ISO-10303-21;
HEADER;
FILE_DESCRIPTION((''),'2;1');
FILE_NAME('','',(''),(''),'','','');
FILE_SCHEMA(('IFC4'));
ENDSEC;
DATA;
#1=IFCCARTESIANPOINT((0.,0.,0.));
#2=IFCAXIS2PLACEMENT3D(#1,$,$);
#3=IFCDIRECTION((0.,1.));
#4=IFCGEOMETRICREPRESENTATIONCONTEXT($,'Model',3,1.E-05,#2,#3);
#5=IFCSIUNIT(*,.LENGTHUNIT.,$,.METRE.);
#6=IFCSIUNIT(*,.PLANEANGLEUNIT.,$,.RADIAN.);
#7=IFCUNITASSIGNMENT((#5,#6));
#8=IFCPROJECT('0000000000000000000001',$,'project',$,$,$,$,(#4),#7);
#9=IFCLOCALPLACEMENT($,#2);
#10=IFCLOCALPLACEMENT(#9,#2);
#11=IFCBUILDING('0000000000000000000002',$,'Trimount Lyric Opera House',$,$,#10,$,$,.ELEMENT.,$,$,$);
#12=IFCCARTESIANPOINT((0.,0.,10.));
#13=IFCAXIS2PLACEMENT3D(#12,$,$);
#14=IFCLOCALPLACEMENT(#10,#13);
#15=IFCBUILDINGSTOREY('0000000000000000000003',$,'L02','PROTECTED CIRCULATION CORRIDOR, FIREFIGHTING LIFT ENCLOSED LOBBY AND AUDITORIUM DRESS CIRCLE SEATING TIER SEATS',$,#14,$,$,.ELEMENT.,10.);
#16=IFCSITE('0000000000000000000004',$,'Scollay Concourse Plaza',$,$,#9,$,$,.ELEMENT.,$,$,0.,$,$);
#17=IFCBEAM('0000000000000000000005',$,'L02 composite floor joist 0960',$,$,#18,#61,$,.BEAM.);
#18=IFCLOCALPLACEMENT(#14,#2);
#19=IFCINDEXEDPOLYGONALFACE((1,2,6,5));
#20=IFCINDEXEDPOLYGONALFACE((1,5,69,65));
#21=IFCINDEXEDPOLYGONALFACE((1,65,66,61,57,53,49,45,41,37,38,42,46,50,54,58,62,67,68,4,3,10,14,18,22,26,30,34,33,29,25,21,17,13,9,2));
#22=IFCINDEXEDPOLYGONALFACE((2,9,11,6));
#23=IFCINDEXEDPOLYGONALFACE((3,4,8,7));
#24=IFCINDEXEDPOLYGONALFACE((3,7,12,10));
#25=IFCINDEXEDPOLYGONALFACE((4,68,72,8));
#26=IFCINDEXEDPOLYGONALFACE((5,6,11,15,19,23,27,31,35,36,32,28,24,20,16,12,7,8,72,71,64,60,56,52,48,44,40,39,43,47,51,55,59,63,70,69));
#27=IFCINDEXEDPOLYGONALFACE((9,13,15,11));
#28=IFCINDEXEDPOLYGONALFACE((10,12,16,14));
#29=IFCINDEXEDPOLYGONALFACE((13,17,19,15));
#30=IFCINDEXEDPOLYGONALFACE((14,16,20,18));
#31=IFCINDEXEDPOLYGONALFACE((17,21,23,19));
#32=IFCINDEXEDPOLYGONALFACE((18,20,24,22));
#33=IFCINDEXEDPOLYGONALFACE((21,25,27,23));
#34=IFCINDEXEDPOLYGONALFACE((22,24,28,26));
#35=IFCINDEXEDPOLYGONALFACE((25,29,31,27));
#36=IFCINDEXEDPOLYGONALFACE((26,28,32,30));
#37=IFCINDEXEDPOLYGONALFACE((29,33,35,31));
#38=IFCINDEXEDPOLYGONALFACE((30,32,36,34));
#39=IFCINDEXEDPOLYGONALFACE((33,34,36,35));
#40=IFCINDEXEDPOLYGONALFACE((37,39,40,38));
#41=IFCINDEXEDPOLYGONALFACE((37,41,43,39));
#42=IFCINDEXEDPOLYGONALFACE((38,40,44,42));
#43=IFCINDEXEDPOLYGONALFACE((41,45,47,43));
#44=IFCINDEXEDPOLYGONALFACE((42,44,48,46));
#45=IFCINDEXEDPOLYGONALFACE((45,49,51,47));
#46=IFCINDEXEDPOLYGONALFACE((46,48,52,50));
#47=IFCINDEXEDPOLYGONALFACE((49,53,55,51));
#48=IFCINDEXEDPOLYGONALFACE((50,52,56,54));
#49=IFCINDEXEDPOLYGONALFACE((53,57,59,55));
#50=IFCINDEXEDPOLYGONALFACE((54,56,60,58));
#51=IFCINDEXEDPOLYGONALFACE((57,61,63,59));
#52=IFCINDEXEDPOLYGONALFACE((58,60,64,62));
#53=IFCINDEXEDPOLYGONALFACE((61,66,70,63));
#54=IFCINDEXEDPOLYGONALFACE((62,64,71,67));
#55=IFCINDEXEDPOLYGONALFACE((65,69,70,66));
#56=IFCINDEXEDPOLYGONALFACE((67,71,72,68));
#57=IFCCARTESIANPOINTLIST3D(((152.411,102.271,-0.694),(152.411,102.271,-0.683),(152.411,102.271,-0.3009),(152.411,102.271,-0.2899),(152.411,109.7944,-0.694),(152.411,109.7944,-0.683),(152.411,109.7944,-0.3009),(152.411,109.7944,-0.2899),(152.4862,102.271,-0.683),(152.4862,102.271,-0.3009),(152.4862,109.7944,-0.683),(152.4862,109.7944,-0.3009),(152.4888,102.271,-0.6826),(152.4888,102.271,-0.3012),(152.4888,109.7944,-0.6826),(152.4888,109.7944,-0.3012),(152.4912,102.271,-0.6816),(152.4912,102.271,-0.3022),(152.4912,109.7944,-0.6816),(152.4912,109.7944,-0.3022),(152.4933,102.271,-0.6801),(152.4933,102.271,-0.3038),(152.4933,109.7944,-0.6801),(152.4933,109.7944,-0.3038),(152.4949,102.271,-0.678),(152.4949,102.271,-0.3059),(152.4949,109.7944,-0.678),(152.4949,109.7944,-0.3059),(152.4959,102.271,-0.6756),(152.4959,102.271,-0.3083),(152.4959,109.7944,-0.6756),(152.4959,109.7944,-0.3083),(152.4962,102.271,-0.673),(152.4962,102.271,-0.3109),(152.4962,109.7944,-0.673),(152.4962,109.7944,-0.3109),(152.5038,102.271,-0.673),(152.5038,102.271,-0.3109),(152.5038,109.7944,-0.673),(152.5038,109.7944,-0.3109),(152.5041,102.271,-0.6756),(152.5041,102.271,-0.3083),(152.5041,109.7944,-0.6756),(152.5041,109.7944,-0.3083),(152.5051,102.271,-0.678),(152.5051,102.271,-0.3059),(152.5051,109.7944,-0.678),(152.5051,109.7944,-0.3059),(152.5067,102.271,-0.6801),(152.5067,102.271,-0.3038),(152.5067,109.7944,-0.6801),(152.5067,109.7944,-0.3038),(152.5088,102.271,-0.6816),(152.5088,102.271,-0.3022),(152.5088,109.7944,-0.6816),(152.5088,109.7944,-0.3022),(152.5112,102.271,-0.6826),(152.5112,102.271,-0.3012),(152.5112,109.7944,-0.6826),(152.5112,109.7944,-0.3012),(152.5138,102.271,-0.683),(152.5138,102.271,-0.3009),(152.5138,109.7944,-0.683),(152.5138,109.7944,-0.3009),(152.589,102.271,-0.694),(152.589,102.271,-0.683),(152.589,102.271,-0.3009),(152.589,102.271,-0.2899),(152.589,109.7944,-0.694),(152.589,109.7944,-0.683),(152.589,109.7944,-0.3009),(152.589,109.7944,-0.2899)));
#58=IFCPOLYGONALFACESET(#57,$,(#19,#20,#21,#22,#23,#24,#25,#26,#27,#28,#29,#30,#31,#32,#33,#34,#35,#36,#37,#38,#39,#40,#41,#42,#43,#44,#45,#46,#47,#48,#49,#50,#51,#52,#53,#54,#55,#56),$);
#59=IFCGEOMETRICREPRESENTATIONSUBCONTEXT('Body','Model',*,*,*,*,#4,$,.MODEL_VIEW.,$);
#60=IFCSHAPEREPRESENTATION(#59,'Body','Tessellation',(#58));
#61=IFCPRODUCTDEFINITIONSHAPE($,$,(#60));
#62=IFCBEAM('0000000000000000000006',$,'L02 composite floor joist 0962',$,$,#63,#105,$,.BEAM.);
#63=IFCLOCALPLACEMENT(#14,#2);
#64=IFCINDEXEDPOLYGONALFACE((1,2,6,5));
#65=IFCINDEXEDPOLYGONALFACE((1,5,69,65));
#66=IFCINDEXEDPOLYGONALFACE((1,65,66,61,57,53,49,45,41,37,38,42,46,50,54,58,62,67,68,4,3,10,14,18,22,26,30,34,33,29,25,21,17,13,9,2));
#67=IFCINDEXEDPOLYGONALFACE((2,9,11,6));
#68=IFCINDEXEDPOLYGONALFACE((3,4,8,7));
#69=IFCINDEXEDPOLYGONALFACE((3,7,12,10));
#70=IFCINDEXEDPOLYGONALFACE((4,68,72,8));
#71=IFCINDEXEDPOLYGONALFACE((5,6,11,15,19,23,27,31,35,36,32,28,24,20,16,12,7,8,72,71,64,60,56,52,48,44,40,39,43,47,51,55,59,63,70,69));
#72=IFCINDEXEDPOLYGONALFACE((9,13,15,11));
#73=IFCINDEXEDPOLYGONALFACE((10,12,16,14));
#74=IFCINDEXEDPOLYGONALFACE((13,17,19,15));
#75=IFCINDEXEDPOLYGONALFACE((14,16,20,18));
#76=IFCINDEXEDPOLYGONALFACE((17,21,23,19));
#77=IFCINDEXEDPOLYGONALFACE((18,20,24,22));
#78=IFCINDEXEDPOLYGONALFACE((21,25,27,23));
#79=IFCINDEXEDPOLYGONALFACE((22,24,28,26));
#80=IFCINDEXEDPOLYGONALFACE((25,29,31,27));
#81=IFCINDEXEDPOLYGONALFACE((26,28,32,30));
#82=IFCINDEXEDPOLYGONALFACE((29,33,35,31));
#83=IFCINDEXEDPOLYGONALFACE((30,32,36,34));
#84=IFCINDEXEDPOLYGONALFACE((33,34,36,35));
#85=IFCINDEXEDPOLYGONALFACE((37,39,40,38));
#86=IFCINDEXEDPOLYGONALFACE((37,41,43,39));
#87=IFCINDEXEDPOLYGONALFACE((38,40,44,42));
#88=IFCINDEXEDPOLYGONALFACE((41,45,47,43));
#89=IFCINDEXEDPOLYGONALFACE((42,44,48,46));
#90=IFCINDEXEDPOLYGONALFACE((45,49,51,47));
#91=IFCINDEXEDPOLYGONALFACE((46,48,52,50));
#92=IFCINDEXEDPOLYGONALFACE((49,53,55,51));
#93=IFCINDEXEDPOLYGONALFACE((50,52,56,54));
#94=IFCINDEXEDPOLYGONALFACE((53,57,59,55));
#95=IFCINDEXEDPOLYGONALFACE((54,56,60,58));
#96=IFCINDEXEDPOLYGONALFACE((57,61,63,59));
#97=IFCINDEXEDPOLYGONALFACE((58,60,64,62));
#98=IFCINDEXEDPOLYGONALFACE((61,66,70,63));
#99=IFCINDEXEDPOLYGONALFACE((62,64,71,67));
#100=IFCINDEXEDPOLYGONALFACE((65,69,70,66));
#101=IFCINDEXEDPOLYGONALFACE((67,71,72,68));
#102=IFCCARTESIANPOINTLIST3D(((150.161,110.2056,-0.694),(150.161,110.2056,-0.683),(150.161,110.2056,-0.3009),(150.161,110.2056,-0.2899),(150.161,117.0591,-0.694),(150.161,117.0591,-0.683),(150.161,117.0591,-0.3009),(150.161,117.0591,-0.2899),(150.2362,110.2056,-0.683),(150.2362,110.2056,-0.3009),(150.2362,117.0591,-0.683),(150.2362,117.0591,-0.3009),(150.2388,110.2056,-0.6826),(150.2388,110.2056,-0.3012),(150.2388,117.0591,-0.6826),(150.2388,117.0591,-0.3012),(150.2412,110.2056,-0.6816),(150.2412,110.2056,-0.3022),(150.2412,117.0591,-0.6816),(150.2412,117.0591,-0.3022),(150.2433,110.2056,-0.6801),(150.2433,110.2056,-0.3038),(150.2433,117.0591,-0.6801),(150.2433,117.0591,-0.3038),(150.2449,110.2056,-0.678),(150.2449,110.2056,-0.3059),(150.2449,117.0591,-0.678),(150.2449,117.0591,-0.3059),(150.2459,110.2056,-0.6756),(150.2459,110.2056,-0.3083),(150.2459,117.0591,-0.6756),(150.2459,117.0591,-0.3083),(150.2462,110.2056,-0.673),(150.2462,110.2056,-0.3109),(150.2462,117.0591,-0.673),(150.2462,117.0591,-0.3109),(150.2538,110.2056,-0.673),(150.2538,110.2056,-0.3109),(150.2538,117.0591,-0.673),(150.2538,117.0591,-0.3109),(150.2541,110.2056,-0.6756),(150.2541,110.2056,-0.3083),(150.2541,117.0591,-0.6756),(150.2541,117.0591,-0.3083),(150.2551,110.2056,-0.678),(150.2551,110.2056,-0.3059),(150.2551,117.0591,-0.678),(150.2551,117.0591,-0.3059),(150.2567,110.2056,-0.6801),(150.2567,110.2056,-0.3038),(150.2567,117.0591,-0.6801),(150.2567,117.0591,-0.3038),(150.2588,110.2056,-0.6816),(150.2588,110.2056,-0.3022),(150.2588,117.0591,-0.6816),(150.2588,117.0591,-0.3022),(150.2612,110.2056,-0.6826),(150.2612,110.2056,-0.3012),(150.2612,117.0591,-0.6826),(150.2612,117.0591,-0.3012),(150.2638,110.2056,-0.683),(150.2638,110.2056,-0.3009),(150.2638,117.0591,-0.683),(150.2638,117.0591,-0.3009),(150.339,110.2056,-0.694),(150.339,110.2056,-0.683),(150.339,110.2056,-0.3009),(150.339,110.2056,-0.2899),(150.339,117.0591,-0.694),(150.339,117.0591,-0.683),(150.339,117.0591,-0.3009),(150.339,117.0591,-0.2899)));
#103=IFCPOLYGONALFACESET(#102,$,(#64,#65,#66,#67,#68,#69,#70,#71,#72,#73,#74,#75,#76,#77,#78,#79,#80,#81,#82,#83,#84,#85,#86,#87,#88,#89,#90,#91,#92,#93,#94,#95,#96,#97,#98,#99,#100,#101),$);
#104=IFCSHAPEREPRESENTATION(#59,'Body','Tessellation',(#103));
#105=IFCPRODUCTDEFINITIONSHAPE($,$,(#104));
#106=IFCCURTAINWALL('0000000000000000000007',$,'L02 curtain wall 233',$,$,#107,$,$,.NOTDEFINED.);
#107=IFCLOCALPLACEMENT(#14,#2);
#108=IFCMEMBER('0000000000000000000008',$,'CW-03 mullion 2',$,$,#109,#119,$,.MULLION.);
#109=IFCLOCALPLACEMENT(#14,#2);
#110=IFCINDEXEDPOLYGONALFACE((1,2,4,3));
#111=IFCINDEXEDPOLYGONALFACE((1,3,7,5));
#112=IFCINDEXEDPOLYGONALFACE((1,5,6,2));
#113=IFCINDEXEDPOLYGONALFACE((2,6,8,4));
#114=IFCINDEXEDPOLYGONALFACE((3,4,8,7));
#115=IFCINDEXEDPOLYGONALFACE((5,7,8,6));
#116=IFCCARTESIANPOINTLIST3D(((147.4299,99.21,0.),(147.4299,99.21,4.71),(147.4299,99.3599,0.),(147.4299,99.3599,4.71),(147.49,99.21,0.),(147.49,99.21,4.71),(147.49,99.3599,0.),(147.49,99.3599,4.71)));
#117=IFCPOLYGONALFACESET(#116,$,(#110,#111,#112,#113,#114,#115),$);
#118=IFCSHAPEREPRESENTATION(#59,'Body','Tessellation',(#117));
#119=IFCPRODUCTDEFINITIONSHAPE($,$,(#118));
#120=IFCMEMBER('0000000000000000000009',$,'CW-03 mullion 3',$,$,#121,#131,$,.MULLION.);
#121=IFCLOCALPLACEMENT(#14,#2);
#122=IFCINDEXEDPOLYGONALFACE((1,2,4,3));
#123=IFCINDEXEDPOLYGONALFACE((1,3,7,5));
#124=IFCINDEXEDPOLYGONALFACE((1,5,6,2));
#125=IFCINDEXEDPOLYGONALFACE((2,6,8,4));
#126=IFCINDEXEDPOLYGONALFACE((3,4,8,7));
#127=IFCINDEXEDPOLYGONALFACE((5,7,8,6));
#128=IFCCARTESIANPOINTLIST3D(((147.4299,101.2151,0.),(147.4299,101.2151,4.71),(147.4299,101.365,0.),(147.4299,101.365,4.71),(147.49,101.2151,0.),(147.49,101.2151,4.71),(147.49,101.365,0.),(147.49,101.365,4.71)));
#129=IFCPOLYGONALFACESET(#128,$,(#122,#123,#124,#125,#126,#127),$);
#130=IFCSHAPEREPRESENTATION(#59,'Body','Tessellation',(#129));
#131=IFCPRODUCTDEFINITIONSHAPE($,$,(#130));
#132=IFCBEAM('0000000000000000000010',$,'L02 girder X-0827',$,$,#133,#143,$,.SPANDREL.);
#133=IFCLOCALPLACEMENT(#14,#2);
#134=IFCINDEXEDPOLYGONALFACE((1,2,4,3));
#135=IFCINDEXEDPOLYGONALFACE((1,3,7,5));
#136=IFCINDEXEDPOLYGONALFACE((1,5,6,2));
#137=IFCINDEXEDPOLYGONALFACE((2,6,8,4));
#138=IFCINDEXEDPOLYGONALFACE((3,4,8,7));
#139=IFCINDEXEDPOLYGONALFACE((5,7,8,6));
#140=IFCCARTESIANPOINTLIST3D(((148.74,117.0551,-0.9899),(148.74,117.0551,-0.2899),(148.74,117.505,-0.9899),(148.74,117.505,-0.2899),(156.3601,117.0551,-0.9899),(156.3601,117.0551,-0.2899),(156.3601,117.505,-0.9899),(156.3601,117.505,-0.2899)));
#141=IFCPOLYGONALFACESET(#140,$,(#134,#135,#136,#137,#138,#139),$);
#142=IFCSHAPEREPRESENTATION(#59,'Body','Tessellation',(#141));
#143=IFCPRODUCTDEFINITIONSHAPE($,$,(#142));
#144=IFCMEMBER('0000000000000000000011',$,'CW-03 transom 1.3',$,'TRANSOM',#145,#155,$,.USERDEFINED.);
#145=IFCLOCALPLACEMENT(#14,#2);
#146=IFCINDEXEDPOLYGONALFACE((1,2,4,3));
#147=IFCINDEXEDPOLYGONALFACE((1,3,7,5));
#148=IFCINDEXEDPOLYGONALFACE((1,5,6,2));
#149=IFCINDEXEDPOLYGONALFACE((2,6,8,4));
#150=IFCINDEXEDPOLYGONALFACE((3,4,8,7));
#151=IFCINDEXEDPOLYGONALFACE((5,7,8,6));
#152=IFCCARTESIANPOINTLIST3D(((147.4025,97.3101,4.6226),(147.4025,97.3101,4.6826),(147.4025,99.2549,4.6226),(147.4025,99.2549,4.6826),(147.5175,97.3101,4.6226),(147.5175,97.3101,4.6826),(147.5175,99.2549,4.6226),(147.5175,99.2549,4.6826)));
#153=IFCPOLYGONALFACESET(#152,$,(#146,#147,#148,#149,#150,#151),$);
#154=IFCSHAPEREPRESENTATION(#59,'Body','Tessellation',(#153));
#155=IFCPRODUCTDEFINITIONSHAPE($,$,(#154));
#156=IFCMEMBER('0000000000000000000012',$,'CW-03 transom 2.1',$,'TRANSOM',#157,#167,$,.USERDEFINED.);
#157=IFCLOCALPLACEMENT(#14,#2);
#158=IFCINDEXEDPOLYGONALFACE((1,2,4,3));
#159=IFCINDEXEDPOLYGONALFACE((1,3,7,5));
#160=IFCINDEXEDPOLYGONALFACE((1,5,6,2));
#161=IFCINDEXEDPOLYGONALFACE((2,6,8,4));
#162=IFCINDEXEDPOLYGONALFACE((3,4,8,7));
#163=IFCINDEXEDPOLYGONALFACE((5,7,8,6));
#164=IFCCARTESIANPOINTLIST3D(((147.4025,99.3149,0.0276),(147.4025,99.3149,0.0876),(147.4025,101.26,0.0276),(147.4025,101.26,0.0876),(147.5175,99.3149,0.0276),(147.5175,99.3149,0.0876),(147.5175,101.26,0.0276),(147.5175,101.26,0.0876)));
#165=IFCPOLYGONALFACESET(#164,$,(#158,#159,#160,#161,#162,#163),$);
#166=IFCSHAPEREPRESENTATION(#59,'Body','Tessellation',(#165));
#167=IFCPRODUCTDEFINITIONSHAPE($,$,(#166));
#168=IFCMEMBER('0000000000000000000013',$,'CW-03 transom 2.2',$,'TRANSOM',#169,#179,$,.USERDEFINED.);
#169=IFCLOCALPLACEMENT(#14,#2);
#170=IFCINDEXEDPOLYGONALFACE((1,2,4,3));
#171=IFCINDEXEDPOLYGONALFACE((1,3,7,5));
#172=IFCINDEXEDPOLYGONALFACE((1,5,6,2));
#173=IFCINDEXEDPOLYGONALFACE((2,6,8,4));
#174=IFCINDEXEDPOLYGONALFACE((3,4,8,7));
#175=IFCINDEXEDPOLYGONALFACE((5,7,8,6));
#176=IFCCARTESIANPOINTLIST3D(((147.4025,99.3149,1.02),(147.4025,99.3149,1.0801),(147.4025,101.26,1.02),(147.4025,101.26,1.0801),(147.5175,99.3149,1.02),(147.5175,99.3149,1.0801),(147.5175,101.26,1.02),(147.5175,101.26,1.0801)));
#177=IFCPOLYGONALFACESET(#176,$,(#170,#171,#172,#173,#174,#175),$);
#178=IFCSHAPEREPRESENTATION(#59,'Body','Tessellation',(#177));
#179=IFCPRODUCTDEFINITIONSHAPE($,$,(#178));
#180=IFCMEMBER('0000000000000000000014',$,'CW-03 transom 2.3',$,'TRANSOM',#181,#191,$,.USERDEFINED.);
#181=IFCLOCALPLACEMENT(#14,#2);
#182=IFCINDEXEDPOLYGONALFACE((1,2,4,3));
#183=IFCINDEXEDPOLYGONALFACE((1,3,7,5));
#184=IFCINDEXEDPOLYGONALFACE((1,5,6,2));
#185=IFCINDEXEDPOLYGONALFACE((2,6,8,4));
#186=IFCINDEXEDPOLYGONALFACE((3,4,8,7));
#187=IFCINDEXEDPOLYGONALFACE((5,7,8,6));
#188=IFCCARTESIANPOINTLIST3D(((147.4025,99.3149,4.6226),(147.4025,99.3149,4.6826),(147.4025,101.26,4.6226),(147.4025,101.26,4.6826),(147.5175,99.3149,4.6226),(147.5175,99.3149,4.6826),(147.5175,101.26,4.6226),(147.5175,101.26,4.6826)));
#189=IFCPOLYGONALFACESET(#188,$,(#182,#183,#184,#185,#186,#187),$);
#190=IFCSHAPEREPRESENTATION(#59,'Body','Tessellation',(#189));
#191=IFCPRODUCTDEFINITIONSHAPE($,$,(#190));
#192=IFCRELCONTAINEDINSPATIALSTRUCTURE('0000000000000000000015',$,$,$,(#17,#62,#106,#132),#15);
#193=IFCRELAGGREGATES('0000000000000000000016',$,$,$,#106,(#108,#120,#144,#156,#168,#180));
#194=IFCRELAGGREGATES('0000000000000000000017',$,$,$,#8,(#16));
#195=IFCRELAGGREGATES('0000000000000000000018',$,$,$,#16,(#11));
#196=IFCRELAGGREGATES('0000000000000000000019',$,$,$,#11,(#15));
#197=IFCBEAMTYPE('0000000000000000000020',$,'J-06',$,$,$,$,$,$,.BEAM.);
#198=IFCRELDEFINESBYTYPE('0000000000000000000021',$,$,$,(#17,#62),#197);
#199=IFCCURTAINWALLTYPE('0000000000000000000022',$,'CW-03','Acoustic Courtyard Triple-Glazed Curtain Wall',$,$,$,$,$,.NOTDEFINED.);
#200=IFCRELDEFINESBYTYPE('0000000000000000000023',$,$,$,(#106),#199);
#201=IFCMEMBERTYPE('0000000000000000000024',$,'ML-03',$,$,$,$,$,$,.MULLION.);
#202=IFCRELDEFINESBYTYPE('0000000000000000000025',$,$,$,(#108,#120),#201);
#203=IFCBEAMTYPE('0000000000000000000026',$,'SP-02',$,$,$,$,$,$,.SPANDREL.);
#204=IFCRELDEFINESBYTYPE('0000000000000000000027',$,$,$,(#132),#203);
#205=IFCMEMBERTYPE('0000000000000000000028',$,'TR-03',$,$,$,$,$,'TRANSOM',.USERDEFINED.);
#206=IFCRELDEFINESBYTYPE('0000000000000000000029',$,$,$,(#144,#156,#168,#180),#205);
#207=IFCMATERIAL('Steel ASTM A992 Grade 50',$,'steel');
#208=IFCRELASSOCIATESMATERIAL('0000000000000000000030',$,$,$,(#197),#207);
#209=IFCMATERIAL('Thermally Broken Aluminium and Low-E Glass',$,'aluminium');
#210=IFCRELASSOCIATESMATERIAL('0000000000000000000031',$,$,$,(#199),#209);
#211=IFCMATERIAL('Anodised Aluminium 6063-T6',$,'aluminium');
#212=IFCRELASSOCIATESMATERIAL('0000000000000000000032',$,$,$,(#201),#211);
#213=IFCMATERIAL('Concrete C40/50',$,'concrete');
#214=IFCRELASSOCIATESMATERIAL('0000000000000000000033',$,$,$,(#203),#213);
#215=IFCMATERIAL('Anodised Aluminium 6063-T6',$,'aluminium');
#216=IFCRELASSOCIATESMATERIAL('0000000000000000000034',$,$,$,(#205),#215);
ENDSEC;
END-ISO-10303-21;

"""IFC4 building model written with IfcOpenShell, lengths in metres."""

from ifc_helpers import new_model, si_unit, direction, frame, origin, origin_2d, place, context, subcontext, project, spatial, rectangle, i_section, extrude, material, material_profile, profile_set, type_object, element, aggregate, save


model = new_model("IFC4")

# Units and contexts
model_context = context("Model", 3, precision=1e-05, world=origin(), true_north=direction((0.0, 1.0)))
body_context = subcontext(model_context, "Body", "Model", "MODEL_VIEW")
ifc_project = project(units=[si_unit("LENGTHUNIT", "METRE"), si_unit("PLANEANGLEUNIT", "RADIAN")], contexts=[model_context])

# Site, building, storey
site_placement = place(None, origin())
site = spatial("IfcSite", under=ifc_project, at=site_placement, Name="Scollay Concourse Plaza", CompositionType="ELEMENT", RefElevation=0.0)
building_placement = place(site_placement, origin())
building = spatial("IfcBuilding", under=site, at=building_placement, Name="Trimount Lyric Opera House", CompositionType="ELEMENT")
storey_placement = place(building_placement, frame((0.0, 0.0, 10.0)))
storey = spatial("IfcBuildingStorey", under=building, at=storey_placement, Name="L02", Description="PROTECTED CIRCULATION CORRIDOR, FIREFIGHTING LIFT ENCLOSED LOBBY AND AUDITORIUM DRESS CIRCLE SEATING TIER SEATS", CompositionType="ELEMENT", Elevation=10.0)

# Beams
ifc_material_1 = material(Name="Steel ASTM A992 Grade 50", Category="steel")
ifc_material_profile_1 = material_profile(ifc_material_1, i_section(OverallWidth=0.178, OverallDepth=0.4041, WebThickness=0.0076, FlangeThickness=0.011, FilletRadius=0.01, at=origin_2d()), Name="W16X36")
ifc_profile_set_1 = profile_set([ifc_material_profile_1], Name="Steel ASTM A992 Grade 50")
beam_type_1 = type_object("IfcBeamType", Name="J-06", PredefinedType="BEAM", material=ifc_profile_set_1)
beam_1_placement = place(storey_placement, frame((152.5, 102.271, -0.4919), z_axis=(0.0, 1.0, 0.0), x_axis=(-1.0, 0.0, 0.0)))
element("IfcBeam", 1, at=beam_1_placement, inside=storey, type_object=beam_type_1, Name="L02 composite floor joist 0960", PredefinedType="BEAM", context=body_context, shape_type="SweptSolid", body=[
    extrude(i_section(OverallWidth=0.178, OverallDepth=0.4041, WebThickness=0.0076, FlangeThickness=0.011, FilletRadius=0.01, at=origin_2d()), origin(), (0.0, 0.0, 1.0), 7.5234),
])
beam_2_placement = place(storey_placement, frame((150.25, 110.2056, -0.4919), z_axis=(0.0, 1.0, 0.0), x_axis=(-1.0, 0.0, 0.0)))
element("IfcBeam", 2, at=beam_2_placement, inside=storey, type_object=beam_type_1, Name="L02 composite floor joist 0962", PredefinedType="BEAM", context=body_context, shape_type="SweptSolid", body=[
    extrude(i_section(OverallWidth=0.178, OverallDepth=0.4041, WebThickness=0.0076, FlangeThickness=0.011, FilletRadius=0.01, at=origin_2d()), origin(), (0.0, 0.0, 1.0), 6.8535),
])

# Curtain wall, members
ifc_material_2 = material(Name="Thermally Broken Aluminium and Low-E Glass", Category="aluminium")
curtain_wall_type = type_object("IfcCurtainWallType", Name="CW-03", Description="Acoustic Courtyard Triple-Glazed Curtain Wall", PredefinedType="NOTDEFINED", material=ifc_material_2)
curtain_wall_placement = place(storey_placement, origin())
curtain_wall = element("IfcCurtainWall", 3, at=curtain_wall_placement, inside=storey, type_object=curtain_wall_type, Name="L02 curtain wall 233", PredefinedType="NOTDEFINED")
ifc_material_3 = material(Name="Anodised Aluminium 6063-T6", Category="aluminium")
ifc_material_profile_2 = material_profile(ifc_material_3, rectangle(XDim=0.0601, YDim=0.1499, at=origin_2d()), Name="ALU-MULL-60X150")
ifc_profile_set_2 = profile_set([ifc_material_profile_2], Name="Anodised Aluminium 6063-T6")
member_type_1 = type_object("IfcMemberType", Name="ML-03", PredefinedType="MULLION", material=ifc_profile_set_2)
member_1_placement = place(storey_placement, frame((147.46, 99.2849, 0.0), z_axis=(0.0, 0.0, 1.0), x_axis=(-1.0, 0.0, 0.0)))
member_1 = element("IfcMember", 4, at=member_1_placement, type_object=member_type_1, Name="CW-03 mullion 2", PredefinedType="MULLION", context=body_context, shape_type="SweptSolid", body=[
    extrude(rectangle(XDim=0.0601, YDim=0.1499, at=origin_2d()), origin(), (0.0, 0.0, 1.0), 4.71),
])
member_2_placement = place(storey_placement, frame((147.46, 101.29, 0.0), z_axis=(0.0, 0.0, 1.0), x_axis=(-1.0, 0.0, 0.0)))
member_2 = element("IfcMember", 5, at=member_2_placement, type_object=member_type_1, Name="CW-03 mullion 3", PredefinedType="MULLION", context=body_context, shape_type="SweptSolid", body=[
    extrude(rectangle(XDim=0.0601, YDim=0.1499, at=origin_2d()), origin(), (0.0, 0.0, 1.0), 4.71),
])

# Beam
ifc_material_4 = material(Name="Concrete C40/50", Category="concrete")
ifc_material_profile_3 = material_profile(ifc_material_4, rectangle(XDim=0.45, YDim=0.7, at=origin_2d()), Name="RC450X700")
ifc_profile_set_3 = profile_set([ifc_material_profile_3], Name="Concrete C40/50")
beam_type_2 = type_object("IfcBeamType", Name="SP-02", PredefinedType="SPANDREL", material=ifc_profile_set_3)
beam_3_placement = place(storey_placement, frame((148.74, 117.28, -0.6399), z_axis=(1.0, 0.0, 0.0), x_axis=(0.0, 1.0, 0.0)))
element("IfcBeam", 6, at=beam_3_placement, inside=storey, type_object=beam_type_2, Name="L02 girder X-0827", PredefinedType="SPANDREL", context=body_context, shape_type="SweptSolid", body=[
    extrude(rectangle(XDim=0.45, YDim=0.7, at=origin_2d()), origin(), (0.0, 0.0, 1.0), 7.6201),
])

# Members
ifc_material_5 = material(Name="Anodised Aluminium 6063-T6", Category="aluminium")
ifc_material_profile_4 = material_profile(ifc_material_5, rectangle(XDim=0.115, YDim=0.0601, at=origin_2d()), Name="ALU-TRAN-60X115")
ifc_profile_set_4 = profile_set([ifc_material_profile_4], Name="Anodised Aluminium 6063-T6")
member_type_2 = type_object("IfcMemberType", Name="TR-03", ElementType="TRANSOM", PredefinedType="USERDEFINED", material=ifc_profile_set_4)
member_3_placement = place(storey_placement, frame((147.46, 97.3101, 4.6526), z_axis=(0.0, 1.0, 0.0), x_axis=(-1.0, 0.0, 0.0)))
member_3 = element("IfcMember", 7, at=member_3_placement, type_object=member_type_2, Name="CW-03 transom 1.3", ObjectType="TRANSOM", PredefinedType="USERDEFINED", context=body_context, shape_type="SweptSolid", body=[
    extrude(rectangle(XDim=0.115, YDim=0.0601, at=origin_2d()), origin(), (0.0, 0.0, 1.0), 1.9448),
])
member_4_placement = place(storey_placement, frame((147.46, 99.3149, 0.0576), z_axis=(0.0, 1.0, 0.0), x_axis=(-1.0, 0.0, 0.0)))
member_4 = element("IfcMember", 8, at=member_4_placement, type_object=member_type_2, Name="CW-03 transom 2.1", ObjectType="TRANSOM", PredefinedType="USERDEFINED", context=body_context, shape_type="SweptSolid", body=[
    extrude(rectangle(XDim=0.115, YDim=0.0601, at=origin_2d()), origin(), (0.0, 0.0, 1.0), 1.9451),
])
member_5_placement = place(storey_placement, frame((147.46, 99.3149, 1.05), z_axis=(0.0, 1.0, 0.0), x_axis=(-1.0, 0.0, 0.0)))
member_5 = element("IfcMember", 9, at=member_5_placement, type_object=member_type_2, Name="CW-03 transom 2.2", ObjectType="TRANSOM", PredefinedType="USERDEFINED", context=body_context, shape_type="SweptSolid", body=[
    extrude(rectangle(XDim=0.115, YDim=0.0601, at=origin_2d()), origin(), (0.0, 0.0, 1.0), 1.9451),
])
member_6_placement = place(storey_placement, frame((147.46, 99.3149, 4.6526), z_axis=(0.0, 1.0, 0.0), x_axis=(-1.0, 0.0, 0.0)))
member_6 = element("IfcMember", 10, at=member_6_placement, type_object=member_type_2, Name="CW-03 transom 2.3", ObjectType="TRANSOM", PredefinedType="USERDEFINED", context=body_context, shape_type="SweptSolid", body=[
    extrude(rectangle(XDim=0.115, YDim=0.0601, at=origin_2d()), origin(), (0.0, 0.0, 1.0), 1.9451),
])

aggregate(curtain_wall, [member_1, member_2, member_3, member_4, member_5, member_6])

save(model, "model.ifc")
